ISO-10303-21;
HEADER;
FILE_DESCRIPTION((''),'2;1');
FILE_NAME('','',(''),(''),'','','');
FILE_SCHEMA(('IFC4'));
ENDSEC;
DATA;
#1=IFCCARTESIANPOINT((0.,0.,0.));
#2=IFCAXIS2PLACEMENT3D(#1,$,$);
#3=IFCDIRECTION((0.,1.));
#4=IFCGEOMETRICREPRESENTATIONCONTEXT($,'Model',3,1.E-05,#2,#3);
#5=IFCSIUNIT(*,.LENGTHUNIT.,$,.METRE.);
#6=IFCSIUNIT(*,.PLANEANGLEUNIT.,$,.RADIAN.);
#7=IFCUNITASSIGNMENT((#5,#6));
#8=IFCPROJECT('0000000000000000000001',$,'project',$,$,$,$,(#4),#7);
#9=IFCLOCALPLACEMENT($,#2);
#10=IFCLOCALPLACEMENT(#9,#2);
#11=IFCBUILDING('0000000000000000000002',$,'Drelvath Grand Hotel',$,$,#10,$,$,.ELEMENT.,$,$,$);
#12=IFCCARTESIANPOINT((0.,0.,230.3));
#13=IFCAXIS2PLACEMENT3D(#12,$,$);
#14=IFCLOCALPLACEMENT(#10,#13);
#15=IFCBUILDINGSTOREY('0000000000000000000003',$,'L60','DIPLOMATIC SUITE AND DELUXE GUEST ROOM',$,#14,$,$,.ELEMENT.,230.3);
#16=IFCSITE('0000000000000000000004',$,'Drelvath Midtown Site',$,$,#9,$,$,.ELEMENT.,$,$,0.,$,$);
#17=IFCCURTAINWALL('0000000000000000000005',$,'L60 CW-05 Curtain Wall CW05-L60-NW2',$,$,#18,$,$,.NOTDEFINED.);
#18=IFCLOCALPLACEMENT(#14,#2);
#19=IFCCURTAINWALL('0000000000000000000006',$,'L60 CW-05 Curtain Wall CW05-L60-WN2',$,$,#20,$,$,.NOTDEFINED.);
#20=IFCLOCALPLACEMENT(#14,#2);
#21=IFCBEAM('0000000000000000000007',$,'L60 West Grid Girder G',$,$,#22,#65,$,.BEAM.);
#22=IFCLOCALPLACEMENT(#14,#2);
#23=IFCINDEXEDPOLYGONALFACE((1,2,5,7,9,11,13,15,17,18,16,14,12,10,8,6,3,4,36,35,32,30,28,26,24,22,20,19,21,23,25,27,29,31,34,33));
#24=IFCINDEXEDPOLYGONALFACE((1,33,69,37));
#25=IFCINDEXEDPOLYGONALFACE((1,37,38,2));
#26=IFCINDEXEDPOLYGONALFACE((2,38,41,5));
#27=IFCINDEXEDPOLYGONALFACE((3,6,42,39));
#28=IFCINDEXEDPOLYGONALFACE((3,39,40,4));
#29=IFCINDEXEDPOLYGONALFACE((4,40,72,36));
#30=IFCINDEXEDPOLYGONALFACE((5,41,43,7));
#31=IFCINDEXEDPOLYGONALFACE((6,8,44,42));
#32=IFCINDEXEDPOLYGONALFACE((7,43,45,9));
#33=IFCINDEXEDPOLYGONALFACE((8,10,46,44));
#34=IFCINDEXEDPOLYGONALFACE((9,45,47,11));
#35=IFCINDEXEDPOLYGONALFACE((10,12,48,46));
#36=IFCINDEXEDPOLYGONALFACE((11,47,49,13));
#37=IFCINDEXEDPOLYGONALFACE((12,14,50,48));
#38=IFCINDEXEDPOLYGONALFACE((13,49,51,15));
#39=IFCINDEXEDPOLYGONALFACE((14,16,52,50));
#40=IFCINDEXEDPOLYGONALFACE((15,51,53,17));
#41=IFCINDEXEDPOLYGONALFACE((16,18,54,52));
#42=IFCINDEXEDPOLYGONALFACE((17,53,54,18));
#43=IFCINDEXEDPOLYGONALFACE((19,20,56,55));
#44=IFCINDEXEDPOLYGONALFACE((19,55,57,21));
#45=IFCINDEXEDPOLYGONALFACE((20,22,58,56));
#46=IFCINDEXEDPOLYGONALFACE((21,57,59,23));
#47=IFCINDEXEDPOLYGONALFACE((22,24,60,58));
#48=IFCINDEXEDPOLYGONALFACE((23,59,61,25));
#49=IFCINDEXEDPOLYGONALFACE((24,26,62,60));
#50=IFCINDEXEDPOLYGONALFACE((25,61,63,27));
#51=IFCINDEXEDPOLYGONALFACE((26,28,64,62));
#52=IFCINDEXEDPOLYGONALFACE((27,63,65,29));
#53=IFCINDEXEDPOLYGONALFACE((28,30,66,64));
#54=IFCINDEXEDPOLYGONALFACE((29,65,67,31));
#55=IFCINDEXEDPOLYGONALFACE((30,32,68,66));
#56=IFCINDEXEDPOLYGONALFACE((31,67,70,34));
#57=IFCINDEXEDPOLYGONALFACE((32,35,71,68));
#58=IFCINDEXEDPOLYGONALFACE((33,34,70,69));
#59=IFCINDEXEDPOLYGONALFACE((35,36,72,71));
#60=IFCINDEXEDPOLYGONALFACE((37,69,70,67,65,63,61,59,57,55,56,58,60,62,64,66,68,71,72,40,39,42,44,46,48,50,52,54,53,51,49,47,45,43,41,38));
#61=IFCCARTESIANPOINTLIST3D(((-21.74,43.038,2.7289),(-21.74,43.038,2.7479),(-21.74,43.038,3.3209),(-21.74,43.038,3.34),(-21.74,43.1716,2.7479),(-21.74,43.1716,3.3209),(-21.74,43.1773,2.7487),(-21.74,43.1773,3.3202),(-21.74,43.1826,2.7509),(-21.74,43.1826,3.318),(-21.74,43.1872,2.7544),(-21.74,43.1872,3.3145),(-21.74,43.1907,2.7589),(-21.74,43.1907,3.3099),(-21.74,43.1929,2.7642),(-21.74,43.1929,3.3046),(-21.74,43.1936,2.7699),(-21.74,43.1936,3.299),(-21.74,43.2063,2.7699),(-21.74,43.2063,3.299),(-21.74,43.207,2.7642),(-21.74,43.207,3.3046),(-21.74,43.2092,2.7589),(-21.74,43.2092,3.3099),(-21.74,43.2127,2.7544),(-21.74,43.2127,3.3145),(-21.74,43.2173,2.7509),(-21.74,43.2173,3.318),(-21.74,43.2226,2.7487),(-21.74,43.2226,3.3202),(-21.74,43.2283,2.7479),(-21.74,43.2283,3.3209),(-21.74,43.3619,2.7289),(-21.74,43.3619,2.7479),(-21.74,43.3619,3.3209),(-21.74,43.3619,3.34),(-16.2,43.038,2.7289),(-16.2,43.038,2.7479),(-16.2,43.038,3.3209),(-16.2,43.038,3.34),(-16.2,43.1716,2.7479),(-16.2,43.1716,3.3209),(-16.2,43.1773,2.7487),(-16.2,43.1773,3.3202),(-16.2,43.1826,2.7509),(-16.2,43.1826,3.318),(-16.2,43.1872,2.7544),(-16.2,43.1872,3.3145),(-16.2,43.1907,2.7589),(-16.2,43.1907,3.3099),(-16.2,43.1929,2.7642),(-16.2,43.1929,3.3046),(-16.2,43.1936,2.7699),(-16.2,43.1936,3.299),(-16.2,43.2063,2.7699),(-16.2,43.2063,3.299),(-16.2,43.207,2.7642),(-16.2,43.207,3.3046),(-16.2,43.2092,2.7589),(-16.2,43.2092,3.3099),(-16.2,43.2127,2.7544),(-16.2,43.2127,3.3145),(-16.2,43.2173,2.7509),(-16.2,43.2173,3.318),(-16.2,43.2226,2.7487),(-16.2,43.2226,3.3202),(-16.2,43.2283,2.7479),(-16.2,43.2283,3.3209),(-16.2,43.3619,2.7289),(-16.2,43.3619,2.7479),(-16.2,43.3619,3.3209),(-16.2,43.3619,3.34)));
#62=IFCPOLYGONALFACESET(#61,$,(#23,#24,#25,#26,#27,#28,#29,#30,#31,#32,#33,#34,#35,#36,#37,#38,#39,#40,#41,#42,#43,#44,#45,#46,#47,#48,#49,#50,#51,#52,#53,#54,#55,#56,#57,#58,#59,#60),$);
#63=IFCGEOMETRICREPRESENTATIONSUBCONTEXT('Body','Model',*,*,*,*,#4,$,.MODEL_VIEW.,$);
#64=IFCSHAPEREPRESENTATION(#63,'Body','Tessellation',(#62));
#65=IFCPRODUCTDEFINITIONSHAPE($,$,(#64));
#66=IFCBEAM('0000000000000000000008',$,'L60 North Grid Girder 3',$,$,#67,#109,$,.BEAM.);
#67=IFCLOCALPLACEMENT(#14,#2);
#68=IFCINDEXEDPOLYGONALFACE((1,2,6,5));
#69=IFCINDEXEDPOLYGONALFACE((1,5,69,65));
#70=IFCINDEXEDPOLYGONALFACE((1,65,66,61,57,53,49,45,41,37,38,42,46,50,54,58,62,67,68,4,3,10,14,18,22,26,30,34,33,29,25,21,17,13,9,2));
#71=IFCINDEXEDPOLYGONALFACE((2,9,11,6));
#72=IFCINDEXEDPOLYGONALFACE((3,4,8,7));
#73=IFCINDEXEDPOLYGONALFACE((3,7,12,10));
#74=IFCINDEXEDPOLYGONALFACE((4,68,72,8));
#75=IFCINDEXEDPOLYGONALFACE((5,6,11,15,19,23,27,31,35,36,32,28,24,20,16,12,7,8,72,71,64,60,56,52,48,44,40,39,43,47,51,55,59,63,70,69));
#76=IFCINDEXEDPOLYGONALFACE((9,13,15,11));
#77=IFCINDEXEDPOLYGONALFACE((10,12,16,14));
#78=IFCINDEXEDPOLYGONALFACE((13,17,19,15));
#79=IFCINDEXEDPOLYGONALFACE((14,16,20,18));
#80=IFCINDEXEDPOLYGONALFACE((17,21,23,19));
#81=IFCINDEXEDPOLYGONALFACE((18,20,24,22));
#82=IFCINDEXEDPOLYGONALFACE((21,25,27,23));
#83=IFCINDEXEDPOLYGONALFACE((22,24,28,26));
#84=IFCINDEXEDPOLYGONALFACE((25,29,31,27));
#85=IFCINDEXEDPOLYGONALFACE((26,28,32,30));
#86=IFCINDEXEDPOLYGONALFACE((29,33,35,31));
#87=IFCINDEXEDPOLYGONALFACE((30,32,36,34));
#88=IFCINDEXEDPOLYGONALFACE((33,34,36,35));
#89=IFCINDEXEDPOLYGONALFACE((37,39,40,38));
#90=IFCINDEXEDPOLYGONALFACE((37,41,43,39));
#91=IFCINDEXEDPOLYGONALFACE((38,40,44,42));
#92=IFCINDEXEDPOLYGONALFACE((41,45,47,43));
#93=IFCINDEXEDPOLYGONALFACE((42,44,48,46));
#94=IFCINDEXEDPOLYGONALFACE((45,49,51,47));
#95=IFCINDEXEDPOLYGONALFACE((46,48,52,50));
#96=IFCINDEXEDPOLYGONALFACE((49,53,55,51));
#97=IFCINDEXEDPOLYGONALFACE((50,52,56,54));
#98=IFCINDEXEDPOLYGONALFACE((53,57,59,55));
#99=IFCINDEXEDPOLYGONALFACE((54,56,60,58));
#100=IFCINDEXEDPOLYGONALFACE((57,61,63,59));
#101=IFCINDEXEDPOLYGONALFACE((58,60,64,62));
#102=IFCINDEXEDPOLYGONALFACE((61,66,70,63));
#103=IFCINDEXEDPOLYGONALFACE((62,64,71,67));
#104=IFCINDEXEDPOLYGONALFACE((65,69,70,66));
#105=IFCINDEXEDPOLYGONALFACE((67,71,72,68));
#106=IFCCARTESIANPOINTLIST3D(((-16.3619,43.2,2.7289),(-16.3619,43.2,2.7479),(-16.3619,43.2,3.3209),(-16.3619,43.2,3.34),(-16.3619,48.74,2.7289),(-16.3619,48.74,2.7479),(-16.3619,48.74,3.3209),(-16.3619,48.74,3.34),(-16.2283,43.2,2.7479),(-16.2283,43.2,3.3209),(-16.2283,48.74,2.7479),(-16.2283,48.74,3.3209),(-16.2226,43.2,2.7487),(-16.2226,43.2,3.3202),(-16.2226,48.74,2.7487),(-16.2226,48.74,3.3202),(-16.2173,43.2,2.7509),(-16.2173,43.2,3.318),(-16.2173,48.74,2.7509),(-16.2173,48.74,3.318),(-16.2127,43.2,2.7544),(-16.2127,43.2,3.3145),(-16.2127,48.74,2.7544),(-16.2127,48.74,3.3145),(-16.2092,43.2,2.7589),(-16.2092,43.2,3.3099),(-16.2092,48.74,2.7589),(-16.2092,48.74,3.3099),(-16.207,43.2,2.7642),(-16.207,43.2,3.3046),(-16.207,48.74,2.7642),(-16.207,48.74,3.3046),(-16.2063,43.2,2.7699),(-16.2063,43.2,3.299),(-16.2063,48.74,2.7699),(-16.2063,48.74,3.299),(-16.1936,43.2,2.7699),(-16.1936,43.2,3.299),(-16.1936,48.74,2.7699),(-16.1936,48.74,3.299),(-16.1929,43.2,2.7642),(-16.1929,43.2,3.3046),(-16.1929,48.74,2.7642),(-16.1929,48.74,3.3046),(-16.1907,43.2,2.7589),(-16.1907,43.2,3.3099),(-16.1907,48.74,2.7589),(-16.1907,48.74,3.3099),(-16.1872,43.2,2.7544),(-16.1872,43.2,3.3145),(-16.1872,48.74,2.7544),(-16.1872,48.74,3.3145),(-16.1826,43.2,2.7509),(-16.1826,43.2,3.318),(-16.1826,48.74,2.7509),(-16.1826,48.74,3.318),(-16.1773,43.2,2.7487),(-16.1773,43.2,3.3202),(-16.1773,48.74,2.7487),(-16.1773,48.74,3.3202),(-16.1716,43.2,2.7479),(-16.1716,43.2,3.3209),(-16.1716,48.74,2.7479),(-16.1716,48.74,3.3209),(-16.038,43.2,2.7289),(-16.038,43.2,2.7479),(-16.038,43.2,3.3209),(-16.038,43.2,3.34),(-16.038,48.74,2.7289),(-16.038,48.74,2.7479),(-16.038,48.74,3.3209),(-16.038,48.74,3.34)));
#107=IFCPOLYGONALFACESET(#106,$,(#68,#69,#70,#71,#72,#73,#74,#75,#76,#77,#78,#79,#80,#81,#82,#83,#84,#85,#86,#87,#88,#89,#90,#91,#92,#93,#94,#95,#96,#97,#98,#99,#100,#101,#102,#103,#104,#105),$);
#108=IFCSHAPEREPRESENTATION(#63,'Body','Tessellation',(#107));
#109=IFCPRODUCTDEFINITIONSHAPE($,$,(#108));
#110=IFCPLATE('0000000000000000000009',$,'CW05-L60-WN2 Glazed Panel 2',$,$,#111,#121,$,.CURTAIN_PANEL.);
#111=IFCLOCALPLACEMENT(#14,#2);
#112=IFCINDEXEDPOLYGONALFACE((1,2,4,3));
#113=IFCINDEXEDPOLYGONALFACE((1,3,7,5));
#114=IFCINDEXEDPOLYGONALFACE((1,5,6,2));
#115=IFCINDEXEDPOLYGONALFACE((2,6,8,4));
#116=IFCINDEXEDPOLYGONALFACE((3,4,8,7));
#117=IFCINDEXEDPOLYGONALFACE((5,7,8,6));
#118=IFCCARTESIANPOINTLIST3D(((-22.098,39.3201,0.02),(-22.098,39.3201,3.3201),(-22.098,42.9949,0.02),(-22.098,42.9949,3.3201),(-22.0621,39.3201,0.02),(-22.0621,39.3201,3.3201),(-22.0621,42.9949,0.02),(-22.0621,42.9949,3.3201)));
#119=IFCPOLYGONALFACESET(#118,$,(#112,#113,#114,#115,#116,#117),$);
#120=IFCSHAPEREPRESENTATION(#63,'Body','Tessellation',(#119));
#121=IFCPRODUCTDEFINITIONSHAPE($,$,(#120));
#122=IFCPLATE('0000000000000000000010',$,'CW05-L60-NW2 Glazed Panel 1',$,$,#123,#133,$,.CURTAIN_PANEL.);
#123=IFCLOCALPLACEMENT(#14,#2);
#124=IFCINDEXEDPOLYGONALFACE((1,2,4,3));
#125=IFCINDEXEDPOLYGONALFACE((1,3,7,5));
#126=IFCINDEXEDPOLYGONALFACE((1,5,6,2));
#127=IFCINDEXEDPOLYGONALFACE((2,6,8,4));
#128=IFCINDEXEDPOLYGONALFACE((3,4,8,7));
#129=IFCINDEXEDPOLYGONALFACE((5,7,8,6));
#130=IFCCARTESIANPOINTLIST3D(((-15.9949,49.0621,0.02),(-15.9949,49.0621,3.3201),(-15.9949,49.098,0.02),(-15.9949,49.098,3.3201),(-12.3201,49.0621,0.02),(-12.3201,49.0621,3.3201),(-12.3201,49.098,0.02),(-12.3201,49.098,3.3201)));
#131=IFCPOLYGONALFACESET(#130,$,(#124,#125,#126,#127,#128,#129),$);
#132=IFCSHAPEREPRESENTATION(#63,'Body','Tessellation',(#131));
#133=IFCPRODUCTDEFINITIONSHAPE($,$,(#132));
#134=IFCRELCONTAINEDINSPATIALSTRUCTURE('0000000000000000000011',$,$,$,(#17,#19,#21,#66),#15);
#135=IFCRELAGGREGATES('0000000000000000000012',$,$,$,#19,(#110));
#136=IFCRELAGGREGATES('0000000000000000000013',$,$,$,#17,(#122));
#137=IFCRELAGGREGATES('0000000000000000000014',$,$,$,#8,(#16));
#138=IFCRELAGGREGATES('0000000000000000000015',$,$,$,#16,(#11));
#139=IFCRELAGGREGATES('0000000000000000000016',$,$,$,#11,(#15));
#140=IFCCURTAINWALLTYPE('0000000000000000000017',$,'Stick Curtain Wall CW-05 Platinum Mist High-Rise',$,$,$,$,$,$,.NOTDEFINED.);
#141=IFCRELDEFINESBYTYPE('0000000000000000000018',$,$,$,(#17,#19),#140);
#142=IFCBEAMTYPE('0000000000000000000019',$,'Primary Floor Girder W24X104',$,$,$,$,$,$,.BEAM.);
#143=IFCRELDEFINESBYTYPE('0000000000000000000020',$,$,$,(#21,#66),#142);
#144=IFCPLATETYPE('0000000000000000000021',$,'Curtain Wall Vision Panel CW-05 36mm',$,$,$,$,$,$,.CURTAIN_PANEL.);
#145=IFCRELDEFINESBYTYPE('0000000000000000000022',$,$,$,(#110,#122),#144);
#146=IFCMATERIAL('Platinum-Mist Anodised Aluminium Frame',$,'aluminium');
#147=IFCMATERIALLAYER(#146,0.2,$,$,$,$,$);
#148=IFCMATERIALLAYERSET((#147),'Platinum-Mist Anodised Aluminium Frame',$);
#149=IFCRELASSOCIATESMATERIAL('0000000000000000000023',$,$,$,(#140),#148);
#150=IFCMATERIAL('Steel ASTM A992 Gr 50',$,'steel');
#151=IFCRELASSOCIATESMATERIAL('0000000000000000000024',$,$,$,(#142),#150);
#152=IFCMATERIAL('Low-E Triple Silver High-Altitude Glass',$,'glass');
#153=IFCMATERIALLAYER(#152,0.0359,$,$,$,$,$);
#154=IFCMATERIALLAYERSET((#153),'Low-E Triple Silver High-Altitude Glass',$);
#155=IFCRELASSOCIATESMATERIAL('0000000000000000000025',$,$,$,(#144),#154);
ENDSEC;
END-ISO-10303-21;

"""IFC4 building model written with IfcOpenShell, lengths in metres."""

from ifc_helpers import new_model, si_unit, direction, frame, origin, origin_2d, place, context, subcontext, project, spatial, rectangle, i_section, extrude, material, layer, layer_set, material_profile, profile_set, type_object, element, aggregate, save


model = new_model("IFC4")

# Units and contexts
model_context = context("Model", 3, precision=1e-05, world=origin(), true_north=direction((0.0, 1.0)))
body_context = subcontext(model_context, "Body", "Model", "MODEL_VIEW")
ifc_project = project(units=[si_unit("LENGTHUNIT", "METRE"), si_unit("PLANEANGLEUNIT", "RADIAN")], contexts=[model_context])

# Site, building, storey
site_placement = place(None, origin())
site = spatial("IfcSite", under=ifc_project, at=site_placement, Name="Drelvath Midtown Site", CompositionType="ELEMENT", RefElevation=0.0)
building_placement = place(site_placement, origin())
building = spatial("IfcBuilding", under=site, at=building_placement, Name="Drelvath Grand Hotel", CompositionType="ELEMENT")
storey_placement = place(building_placement, frame((0.0, 0.0, 230.3)))
storey = spatial("IfcBuildingStorey", under=building, at=storey_placement, Name="L60", Description="DIPLOMATIC SUITE AND DELUXE GUEST ROOM", CompositionType="ELEMENT", Elevation=230.3)

# Shared definitions
ifc_material_1 = material(Name="Steel ASTM A992 Gr 50", Category="steel")

# Curtain wall
ifc_material_2 = material(Name="Platinum-Mist Anodised Aluminium Frame", Category="aluminium")
ifc_layer_1 = layer(ifc_material_2, 0.2)
ifc_layer_set_1 = layer_set([ifc_layer_1], Name="Platinum-Mist Anodised Aluminium Frame")
curtain_wall_type = type_object("IfcCurtainWallType", Name="Stick Curtain Wall CW-05 Platinum Mist High-Rise", PredefinedType="NOTDEFINED", material=ifc_layer_set_1)
curtain_wall_1_placement = place(storey_placement, origin())
curtain_wall_1 = element("IfcCurtainWall", 1, at=curtain_wall_1_placement, inside=storey, type_object=curtain_wall_type, Name="L60 CW-05 Curtain Wall CW05-L60-NW2", PredefinedType="NOTDEFINED")

# Curtain wall
curtain_wall_2_placement = place(storey_placement, origin())
curtain_wall_2 = element("IfcCurtainWall", 2, at=curtain_wall_2_placement, inside=storey, type_object=curtain_wall_type, Name="L60 CW-05 Curtain Wall CW05-L60-WN2", PredefinedType="NOTDEFINED")

# Beams
ifc_material_profile_1 = material_profile(ifc_material_1, i_section(OverallWidth=0.324, OverallDepth=0.6111, WebThickness=0.0127, FlangeThickness=0.019, FilletRadius=0.022, at=origin_2d()), Name="W24X104")
ifc_profile_set_1 = profile_set([ifc_material_profile_1], Name="Steel ASTM A992 Gr 50")
beam_type_1 = type_object("IfcBeamType", Name="Primary Floor Girder W24X104", PredefinedType="BEAM", material=ifc_profile_set_1)
for number, where, z_axis, x_axis, name in (
    (3, (-21.74, 43.2, 3.0344), (1.0, 0.0, 0.0), (0.0, 1.0, 0.0), "L60 West Grid Girder G"),
    (4, (-16.2, 43.2, 3.0344), (0.0, 1.0, 0.0), (-1.0, 0.0, 0.0), "L60 North Grid Girder 3"),
):
    element("IfcBeam", number, at=place(storey_placement, frame(where, z_axis=z_axis, x_axis=x_axis)), inside=storey, type_object=beam_type_1, Name=name, PredefinedType="BEAM", context=body_context, shape_type="SweptSolid", body=[
        extrude(i_section(OverallWidth=0.324, OverallDepth=0.6111, WebThickness=0.0127, FlangeThickness=0.019, FilletRadius=0.022, at=origin_2d()), origin(), (0.0, 0.0, 1.0), 5.54),
    ])

# Plates
ifc_material_3 = material(Name="Low-E Triple Silver High-Altitude Glass", Category="glass")
ifc_layer_2 = layer(ifc_material_3, 0.0359)
ifc_layer_set_2 = layer_set([ifc_layer_2], Name="Low-E Triple Silver High-Altitude Glass")
plate_type = type_object("IfcPlateType", Name="Curtain Wall Vision Panel CW-05 36mm", PredefinedType="CURTAIN_PANEL", material=ifc_layer_set_2)
plate_1_placement = place(storey_placement, frame((-22.0801, 41.1575, 0.02), z_axis=(0.0, 0.0, 1.0), x_axis=(0.0, 1.0, 0.0)))
plate_1 = element("IfcPlate", 5, at=plate_1_placement, type_object=plate_type, Name="CW05-L60-WN2 Glazed Panel 2", PredefinedType="CURTAIN_PANEL", context=body_context, shape_type="SweptSolid", body=[
    extrude(rectangle(XDim=3.6748, YDim=0.0359, at=origin_2d()), origin(), (0.0, 0.0, 1.0), 3.3),
])
aggregate(curtain_wall_2, [plate_1])
plate_2_placement = place(storey_placement, frame((-14.1575, 49.0801, 0.02), z_axis=(0.0, 0.0, 1.0), x_axis=(1.0, 0.0, 0.0)))
plate_2 = element("IfcPlate", 6, at=plate_2_placement, type_object=plate_type, Name="CW05-L60-NW2 Glazed Panel 1", PredefinedType="CURTAIN_PANEL", context=body_context, shape_type="SweptSolid", body=[
    extrude(rectangle(XDim=3.6748, YDim=0.0359, at=origin_2d()), origin(), (0.0, 0.0, 1.0), 3.3),
])
aggregate(curtain_wall_1, [plate_2])

save(model, "model.ifc")
